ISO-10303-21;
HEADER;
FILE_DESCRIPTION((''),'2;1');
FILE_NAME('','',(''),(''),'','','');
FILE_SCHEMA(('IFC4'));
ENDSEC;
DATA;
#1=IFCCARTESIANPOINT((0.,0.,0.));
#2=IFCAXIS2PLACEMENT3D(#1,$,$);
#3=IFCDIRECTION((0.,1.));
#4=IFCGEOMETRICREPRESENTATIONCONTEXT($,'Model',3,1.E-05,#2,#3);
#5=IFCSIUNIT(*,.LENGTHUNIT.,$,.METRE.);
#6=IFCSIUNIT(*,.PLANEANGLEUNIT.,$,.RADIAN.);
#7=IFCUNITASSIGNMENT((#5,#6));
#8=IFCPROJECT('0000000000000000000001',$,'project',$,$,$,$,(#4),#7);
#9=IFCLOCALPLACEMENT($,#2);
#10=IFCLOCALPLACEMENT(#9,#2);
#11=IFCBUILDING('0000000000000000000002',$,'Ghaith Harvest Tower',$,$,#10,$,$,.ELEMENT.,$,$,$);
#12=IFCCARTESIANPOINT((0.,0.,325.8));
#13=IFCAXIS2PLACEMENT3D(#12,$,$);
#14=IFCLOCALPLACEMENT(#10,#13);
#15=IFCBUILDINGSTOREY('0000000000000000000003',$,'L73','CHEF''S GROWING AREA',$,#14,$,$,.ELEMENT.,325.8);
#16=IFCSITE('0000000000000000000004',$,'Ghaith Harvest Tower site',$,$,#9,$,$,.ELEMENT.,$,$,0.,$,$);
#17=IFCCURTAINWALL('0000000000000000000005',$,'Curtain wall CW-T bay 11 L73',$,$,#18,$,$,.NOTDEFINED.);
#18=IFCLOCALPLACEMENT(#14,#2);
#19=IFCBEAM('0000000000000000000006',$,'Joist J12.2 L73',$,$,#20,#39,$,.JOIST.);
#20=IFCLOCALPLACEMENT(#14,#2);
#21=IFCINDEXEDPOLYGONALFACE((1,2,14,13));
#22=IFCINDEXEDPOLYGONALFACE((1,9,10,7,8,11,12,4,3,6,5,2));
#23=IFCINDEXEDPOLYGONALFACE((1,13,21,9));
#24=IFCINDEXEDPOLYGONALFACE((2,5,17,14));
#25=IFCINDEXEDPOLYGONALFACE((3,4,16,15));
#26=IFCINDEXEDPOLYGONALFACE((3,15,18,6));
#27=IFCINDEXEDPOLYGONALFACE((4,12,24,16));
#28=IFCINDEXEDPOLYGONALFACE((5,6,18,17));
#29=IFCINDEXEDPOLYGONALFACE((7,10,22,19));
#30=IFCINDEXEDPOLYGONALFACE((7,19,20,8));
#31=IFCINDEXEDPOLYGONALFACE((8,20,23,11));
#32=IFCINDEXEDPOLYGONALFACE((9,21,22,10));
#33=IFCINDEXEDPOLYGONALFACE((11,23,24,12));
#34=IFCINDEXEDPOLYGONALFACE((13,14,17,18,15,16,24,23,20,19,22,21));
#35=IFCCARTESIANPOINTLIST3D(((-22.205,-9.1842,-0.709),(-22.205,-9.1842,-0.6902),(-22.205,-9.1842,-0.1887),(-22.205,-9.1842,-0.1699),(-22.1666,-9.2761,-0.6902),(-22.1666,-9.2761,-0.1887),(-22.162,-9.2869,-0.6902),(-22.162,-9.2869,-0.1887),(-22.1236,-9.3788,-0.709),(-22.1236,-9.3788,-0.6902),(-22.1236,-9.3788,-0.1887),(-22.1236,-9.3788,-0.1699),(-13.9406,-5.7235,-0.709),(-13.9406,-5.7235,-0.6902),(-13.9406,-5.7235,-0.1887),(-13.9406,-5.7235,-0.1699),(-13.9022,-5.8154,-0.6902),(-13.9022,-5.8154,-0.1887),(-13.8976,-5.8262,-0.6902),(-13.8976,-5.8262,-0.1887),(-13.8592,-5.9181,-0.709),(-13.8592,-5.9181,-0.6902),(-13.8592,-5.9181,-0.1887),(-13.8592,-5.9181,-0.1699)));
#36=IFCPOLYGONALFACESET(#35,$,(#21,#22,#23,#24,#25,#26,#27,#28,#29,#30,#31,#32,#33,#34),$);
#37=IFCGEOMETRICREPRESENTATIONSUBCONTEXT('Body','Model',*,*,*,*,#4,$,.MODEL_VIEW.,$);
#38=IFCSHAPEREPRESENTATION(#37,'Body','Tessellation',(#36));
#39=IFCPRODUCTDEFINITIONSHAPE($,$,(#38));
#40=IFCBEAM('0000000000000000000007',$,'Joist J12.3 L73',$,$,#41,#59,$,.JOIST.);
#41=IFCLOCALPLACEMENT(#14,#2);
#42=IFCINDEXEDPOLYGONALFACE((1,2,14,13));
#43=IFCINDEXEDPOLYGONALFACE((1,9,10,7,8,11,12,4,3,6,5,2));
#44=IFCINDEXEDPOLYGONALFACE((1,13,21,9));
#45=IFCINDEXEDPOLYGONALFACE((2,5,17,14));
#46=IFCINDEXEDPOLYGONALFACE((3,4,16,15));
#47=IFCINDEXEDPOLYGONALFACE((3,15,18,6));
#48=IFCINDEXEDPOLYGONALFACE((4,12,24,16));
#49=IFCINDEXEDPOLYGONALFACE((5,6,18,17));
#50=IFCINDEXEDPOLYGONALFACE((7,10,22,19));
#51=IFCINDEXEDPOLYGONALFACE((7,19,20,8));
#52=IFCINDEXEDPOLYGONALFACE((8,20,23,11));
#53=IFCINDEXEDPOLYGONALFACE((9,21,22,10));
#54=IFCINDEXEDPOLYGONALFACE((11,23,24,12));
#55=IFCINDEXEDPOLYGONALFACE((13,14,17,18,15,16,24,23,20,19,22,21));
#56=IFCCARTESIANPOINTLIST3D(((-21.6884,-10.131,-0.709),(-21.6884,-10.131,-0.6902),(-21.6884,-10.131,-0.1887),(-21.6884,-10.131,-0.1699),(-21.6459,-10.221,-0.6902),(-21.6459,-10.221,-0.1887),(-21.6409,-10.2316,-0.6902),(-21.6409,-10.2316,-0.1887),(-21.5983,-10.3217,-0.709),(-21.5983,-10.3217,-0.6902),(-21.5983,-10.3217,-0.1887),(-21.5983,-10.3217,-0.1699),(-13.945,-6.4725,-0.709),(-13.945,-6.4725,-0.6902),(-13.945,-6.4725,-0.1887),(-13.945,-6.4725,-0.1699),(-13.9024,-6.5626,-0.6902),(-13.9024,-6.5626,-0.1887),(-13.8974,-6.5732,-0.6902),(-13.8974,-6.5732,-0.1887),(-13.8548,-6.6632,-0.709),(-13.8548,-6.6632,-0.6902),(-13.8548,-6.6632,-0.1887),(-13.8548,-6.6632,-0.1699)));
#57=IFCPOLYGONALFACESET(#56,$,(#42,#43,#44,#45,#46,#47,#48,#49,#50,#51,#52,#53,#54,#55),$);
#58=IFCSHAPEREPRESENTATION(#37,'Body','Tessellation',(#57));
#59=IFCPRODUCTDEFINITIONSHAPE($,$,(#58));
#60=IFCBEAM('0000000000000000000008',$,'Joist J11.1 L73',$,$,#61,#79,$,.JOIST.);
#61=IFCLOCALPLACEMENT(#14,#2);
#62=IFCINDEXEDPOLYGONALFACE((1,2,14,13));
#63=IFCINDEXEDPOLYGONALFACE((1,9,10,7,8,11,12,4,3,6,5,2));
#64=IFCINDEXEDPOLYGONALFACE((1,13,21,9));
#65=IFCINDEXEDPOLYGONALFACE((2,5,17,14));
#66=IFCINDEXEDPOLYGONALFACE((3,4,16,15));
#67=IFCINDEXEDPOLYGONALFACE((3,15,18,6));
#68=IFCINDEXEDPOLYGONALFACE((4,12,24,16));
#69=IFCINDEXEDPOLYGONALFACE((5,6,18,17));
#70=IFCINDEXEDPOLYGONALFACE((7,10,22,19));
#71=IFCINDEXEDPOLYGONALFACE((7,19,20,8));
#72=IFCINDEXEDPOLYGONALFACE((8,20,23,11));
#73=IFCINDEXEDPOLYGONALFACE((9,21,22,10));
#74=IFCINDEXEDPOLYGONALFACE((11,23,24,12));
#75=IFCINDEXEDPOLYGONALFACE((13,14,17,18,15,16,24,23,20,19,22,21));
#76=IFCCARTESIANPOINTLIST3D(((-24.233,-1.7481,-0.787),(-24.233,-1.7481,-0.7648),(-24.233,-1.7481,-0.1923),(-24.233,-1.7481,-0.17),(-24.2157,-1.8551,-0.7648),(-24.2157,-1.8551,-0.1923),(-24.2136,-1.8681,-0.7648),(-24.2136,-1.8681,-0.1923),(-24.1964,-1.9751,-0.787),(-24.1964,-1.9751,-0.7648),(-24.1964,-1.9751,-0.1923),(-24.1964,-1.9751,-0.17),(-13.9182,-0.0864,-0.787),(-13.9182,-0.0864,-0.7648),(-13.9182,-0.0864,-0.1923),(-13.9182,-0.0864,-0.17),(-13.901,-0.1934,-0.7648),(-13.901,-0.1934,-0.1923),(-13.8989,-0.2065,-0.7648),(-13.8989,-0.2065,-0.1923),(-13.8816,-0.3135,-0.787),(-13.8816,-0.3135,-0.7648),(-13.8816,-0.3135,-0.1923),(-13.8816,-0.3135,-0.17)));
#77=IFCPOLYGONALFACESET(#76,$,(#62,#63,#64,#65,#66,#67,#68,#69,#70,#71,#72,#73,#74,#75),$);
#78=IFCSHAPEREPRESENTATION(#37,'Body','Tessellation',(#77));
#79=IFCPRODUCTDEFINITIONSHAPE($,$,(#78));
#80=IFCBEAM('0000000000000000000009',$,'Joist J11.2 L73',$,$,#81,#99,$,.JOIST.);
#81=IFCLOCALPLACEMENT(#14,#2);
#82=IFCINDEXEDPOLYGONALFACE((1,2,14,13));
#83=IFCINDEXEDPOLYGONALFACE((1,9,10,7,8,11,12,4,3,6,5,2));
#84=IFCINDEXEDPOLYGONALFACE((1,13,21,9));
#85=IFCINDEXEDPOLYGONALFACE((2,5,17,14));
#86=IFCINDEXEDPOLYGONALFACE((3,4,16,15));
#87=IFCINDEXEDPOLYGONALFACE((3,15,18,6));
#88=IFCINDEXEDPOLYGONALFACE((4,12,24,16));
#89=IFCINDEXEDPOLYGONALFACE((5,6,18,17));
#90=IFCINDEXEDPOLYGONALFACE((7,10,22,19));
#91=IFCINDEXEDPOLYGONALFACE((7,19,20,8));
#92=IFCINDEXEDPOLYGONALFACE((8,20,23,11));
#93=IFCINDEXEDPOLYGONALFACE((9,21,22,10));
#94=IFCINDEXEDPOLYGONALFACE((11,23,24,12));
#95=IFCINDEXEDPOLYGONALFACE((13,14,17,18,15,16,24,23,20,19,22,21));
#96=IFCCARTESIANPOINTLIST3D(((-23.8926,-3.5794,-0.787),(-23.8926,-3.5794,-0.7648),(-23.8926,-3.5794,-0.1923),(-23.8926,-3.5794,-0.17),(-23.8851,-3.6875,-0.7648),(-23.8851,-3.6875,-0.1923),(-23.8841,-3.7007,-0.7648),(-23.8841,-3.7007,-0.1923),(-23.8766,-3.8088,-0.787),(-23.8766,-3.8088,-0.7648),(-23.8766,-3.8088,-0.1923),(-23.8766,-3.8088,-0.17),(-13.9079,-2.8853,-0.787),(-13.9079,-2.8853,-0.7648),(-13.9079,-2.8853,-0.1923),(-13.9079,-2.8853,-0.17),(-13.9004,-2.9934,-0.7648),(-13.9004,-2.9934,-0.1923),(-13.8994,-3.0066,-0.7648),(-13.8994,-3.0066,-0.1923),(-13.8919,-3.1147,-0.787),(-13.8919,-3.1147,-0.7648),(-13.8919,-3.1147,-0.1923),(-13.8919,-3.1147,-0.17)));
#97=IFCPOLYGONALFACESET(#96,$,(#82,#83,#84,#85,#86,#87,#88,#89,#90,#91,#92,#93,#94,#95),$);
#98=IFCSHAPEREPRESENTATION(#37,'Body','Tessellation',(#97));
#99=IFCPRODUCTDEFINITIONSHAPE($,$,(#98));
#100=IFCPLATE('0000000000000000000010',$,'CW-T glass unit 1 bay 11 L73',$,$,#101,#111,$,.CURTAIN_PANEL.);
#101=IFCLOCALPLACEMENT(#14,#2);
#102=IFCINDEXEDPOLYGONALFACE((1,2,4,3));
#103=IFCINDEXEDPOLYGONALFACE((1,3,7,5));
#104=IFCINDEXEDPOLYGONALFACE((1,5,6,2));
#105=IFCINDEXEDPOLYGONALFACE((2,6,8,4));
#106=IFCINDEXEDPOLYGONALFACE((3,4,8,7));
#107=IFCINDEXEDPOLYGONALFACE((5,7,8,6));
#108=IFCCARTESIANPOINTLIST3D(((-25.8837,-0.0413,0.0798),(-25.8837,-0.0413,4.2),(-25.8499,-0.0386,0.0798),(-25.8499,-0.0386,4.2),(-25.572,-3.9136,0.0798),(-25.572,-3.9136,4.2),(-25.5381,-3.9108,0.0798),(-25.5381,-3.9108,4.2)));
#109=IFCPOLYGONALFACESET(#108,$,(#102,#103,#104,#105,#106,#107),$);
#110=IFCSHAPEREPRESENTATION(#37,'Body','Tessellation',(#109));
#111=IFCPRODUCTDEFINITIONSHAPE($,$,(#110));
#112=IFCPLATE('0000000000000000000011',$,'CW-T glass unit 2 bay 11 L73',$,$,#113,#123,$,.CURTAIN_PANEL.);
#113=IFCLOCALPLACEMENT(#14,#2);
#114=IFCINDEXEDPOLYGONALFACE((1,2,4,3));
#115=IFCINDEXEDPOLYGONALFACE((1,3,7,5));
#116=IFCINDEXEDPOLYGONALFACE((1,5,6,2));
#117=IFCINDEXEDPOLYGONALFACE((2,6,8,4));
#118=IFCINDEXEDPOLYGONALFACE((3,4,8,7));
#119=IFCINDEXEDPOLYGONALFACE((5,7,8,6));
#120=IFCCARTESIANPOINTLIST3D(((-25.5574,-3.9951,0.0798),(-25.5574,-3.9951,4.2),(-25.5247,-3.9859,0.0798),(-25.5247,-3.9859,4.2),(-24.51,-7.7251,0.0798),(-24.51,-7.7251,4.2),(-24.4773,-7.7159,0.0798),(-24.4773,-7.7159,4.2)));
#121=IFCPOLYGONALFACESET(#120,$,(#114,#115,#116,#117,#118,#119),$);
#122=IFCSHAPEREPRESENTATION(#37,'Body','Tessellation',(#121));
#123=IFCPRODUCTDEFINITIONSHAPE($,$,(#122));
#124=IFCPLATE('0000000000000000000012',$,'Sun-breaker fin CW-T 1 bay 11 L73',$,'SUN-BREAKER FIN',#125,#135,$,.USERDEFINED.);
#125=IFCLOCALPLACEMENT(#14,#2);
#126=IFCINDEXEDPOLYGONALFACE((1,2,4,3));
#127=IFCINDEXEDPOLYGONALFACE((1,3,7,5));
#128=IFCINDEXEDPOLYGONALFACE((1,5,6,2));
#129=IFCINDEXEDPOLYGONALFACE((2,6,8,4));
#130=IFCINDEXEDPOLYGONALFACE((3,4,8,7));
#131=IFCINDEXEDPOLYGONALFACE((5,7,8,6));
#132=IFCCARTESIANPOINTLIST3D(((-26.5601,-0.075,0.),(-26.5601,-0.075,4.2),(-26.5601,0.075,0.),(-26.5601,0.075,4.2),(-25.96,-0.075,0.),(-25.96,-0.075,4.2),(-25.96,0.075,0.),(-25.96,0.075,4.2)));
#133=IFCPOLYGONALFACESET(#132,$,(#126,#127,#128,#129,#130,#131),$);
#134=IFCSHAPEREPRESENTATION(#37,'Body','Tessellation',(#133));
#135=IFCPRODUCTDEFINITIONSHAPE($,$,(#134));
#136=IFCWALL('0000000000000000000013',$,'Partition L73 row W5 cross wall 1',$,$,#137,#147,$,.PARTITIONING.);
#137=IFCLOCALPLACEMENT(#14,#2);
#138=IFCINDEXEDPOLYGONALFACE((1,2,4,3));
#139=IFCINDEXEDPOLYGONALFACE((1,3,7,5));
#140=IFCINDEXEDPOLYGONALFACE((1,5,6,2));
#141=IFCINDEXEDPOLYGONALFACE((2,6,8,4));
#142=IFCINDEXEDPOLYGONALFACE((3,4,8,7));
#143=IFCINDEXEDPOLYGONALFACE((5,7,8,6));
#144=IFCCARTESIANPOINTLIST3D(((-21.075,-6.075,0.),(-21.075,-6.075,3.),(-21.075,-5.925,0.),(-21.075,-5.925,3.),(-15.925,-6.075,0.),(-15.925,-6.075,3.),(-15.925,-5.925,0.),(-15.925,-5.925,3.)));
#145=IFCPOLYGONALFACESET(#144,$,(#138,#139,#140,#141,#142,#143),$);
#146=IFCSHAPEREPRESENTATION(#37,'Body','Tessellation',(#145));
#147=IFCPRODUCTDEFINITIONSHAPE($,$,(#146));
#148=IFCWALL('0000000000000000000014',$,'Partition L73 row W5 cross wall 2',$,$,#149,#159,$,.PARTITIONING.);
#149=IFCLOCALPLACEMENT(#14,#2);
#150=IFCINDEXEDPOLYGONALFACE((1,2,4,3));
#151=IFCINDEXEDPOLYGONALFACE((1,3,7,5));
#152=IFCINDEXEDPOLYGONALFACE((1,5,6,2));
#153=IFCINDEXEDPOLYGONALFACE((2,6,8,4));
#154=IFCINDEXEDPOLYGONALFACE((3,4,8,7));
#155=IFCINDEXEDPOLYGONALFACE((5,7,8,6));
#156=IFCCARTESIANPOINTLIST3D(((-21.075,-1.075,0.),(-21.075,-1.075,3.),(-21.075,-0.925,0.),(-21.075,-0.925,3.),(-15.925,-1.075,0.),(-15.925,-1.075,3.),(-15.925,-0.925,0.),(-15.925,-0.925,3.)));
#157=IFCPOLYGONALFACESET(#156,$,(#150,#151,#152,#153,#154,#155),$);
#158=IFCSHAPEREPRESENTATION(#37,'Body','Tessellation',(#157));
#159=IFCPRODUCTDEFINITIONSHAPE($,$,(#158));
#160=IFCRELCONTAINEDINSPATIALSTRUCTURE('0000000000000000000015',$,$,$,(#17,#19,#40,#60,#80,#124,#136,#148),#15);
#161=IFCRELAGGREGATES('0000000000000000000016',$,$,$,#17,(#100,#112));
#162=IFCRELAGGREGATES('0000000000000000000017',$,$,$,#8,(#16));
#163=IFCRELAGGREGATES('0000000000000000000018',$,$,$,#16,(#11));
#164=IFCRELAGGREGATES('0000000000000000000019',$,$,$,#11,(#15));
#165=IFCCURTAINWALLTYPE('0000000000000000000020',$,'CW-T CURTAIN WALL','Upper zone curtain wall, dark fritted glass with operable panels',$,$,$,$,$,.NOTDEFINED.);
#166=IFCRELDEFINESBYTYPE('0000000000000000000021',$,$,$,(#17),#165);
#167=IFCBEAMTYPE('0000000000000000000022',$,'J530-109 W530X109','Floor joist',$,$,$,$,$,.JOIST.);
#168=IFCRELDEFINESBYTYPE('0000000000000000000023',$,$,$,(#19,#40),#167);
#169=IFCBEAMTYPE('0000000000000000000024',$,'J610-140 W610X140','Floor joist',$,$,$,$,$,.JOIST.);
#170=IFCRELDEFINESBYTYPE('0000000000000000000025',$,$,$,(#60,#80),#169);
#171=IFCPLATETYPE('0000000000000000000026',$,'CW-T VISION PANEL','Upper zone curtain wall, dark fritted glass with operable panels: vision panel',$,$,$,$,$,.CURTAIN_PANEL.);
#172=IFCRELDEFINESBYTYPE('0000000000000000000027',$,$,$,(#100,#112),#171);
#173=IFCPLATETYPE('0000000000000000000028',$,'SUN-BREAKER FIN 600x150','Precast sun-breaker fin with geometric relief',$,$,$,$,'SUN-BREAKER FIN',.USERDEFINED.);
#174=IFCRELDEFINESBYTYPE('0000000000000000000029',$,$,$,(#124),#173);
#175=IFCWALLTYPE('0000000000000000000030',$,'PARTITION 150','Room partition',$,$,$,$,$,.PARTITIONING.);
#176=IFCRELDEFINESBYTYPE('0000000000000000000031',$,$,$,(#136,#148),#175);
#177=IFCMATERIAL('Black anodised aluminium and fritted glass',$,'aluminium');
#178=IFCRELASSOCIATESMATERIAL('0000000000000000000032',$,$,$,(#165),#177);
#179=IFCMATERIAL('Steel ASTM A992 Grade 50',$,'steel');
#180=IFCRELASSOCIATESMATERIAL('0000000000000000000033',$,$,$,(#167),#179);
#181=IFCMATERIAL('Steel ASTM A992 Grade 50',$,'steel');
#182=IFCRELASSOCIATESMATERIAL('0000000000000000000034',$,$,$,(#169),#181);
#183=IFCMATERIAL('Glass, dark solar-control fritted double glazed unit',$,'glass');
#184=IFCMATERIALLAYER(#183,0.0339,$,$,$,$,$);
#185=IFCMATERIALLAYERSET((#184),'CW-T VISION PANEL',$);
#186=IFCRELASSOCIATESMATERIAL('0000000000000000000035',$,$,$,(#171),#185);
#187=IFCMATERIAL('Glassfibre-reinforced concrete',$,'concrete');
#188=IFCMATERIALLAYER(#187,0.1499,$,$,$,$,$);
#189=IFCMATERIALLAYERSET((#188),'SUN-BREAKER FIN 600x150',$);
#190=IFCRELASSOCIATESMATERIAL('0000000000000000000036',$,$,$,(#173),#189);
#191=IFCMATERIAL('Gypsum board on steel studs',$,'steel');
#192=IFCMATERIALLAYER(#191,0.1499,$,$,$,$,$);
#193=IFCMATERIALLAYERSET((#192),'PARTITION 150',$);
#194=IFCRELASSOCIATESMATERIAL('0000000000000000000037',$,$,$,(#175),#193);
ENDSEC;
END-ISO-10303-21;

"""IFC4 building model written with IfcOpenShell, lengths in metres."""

from ifc_helpers import new_model, si_unit, direction, frame, frame_2d, origin, origin_2d, place, context, subcontext, project, spatial, rectangle, i_section, extrude, material, layer, layer_set, material_profile, profile_set, type_object, element, aggregate, save


model = new_model("IFC4")

# Units and contexts
model_context = context("Model", 3, precision=1e-05, world=origin(), true_north=direction((0.0, 1.0)))
body_context = subcontext(model_context, "Body", "Model", "MODEL_VIEW")
ifc_project = project(units=[si_unit("LENGTHUNIT", "METRE"), si_unit("PLANEANGLEUNIT", "RADIAN")], contexts=[model_context])

# Site, building, storey
site_placement = place(None, origin())
site = spatial("IfcSite", under=ifc_project, at=site_placement, Name="Ghaith Harvest Tower site", CompositionType="ELEMENT", RefElevation=0.0)
building_placement = place(site_placement, origin())
building = spatial("IfcBuilding", under=site, at=building_placement, Name="Ghaith Harvest Tower", CompositionType="ELEMENT")
storey_placement = place(building_placement, frame((0.0, 0.0, 325.8)))
storey = spatial("IfcBuildingStorey", under=building, at=storey_placement, Name="L73", Description="CHEF'S GROWING AREA", CompositionType="ELEMENT", Elevation=325.8)

# Curtain wall
ifc_material_1 = material(Name="Black anodised aluminium and fritted glass", Category="aluminium")
curtain_wall_type = type_object("IfcCurtainWallType", Name="CW-T CURTAIN WALL", Description="Upper zone curtain wall, dark fritted glass with operable panels", PredefinedType="NOTDEFINED", material=ifc_material_1)
curtain_wall_placement = place(storey_placement, origin())
curtain_wall = element("IfcCurtainWall", 1, at=curtain_wall_placement, inside=storey, type_object=curtain_wall_type, Name="Curtain wall CW-T bay 11 L73", PredefinedType="NOTDEFINED")

# Beams
ifc_material_2 = material(Name="Steel ASTM A992 Grade 50", Category="steel")
ifc_material_profile_1 = material_profile(ifc_material_2, i_section(OverallWidth=0.2109, OverallDepth=0.5391, WebThickness=0.0117, FlangeThickness=0.0188, at=origin_2d()), Name="W530X109")
ifc_profile_set_1 = profile_set([ifc_material_profile_1], Name="Steel ASTM A992 Grade 50")
beam_type_1 = type_object("IfcBeamType", Name="J530-109 W530X109", Description="Floor joist", PredefinedType="JOIST", material=ifc_profile_set_1)
beam_1_placement = place(storey_placement, frame((-13.8999, -5.8208, -0.4395), z_axis=(-0.922394, -0.38625, 0.0), x_axis=(0.38625, -0.922394, 0.0)))
element("IfcBeam", 2, at=beam_1_placement, inside=storey, type_object=beam_type_1, Name="Joist J12.2 L73", PredefinedType="JOIST", context=body_context, shape_type="SweptSolid", body=[
    extrude(i_section(OverallWidth=0.2109, OverallDepth=0.5391, WebThickness=0.0117, FlangeThickness=0.0188, at=origin_2d()), origin(), (0.0, 0.0, 1.0), 8.9597),
])
beam_2_placement = place(storey_placement, frame((-13.8999, -6.5679, -0.4395), z_axis=(-0.904166, -0.427182, 0.0), x_axis=(0.427182, -0.904166, 0.0)))
element("IfcBeam", 3, at=beam_2_placement, inside=storey, type_object=beam_type_1, Name="Joist J12.3 L73", PredefinedType="JOIST", context=body_context, shape_type="SweptSolid", body=[
    extrude(i_section(OverallWidth=0.2109, OverallDepth=0.5391, WebThickness=0.0117, FlangeThickness=0.0188, at=origin_2d()), origin(), (0.0, 0.0, 1.0), 8.5642),
])
ifc_material_3 = material(Name="Steel ASTM A992 Grade 50", Category="steel")
ifc_material_profile_2 = material_profile(ifc_material_3, i_section(OverallWidth=0.23, OverallDepth=0.6169, WebThickness=0.0132, FlangeThickness=0.0222, at=origin_2d()), Name="W610X140")
ifc_profile_set_2 = profile_set([ifc_material_profile_2], Name="Steel ASTM A992 Grade 50")
beam_type_2 = type_object("IfcBeamType", Name="J610-140 W610X140", Description="Floor joist", PredefinedType="JOIST", material=ifc_profile_set_2)
beam_3_placement = place(storey_placement, frame((-13.8999, -0.2, -0.4785), z_axis=(-0.987272, -0.159042, 0.0), x_axis=(0.159042, -0.987272, 0.0)))
element("IfcBeam", 4, at=beam_3_placement, inside=storey, type_object=beam_type_2, Name="Joist J11.1 L73", PredefinedType="JOIST", context=body_context, shape_type="SweptSolid", body=[
    extrude(i_section(OverallWidth=0.23, OverallDepth=0.6169, WebThickness=0.0132, FlangeThickness=0.0222, at=origin_2d()), origin(), (0.0, 0.0, 1.0), 10.4478),
])
beam_4_placement = place(storey_placement, frame((-13.8999, -3.0, -0.4785), z_axis=(-0.997592, -0.069349, 0.0), x_axis=(0.069349, -0.997592, 0.0)))
element("IfcBeam", 5, at=beam_4_placement, inside=storey, type_object=beam_type_2, Name="Joist J11.2 L73", PredefinedType="JOIST", context=body_context, shape_type="SweptSolid", body=[
    extrude(i_section(OverallWidth=0.23, OverallDepth=0.6169, WebThickness=0.0132, FlangeThickness=0.0222, at=origin_2d()), origin(), (0.0, 0.0, 1.0), 10.0088),
])

# Plates
ifc_material_4 = material(Name="Glass, dark solar-control fritted double glazed unit", Category="glass")
ifc_layer_1 = layer(ifc_material_4, 0.0339)
ifc_layer_set_1 = layer_set([ifc_layer_1], Name="CW-T VISION PANEL")
plate_type_1 = type_object("IfcPlateType", Name="CW-T VISION PANEL", Description="Upper zone curtain wall, dark fritted glass with operable panels: vision panel", PredefinedType="CURTAIN_PANEL", material=ifc_layer_set_1)
plate_1_placement = place(storey_placement, frame((-25.7109, -1.9761, 0.0798), z_axis=(0.0, 0.0, 1.0), x_axis=(0.080258, -0.996774, 0.0)))
plate_1 = element("IfcPlate", 6, at=plate_1_placement, type_object=plate_type_1, Name="CW-T glass unit 1 bay 11 L73", PredefinedType="CURTAIN_PANEL", context=body_context, shape_type="SweptSolid", body=[
    extrude(rectangle(XDim=3.8848, YDim=0.0339, at=origin_2d()), origin(), (0.0, 0.0, 1.0), 4.1201),
])
plate_2_placement = place(storey_placement, frame((-25.0173, -5.8555, 0.0798), z_axis=(0.0, 0.0, 1.0), x_axis=(0.270355, -0.962761, 0.0)))
plate_2 = element("IfcPlate", 7, at=plate_2_placement, type_object=plate_type_1, Name="CW-T glass unit 2 bay 11 L73", PredefinedType="CURTAIN_PANEL", context=body_context, shape_type="SweptSolid", body=[
    extrude(rectangle(XDim=3.8743, YDim=0.0339, at=origin_2d()), origin(), (0.0, 0.0, 1.0), 4.1201),
])
aggregate(curtain_wall, [plate_1, plate_2])
ifc_material_5 = material(Name="Glassfibre-reinforced concrete", Category="concrete")
ifc_layer_2 = layer(ifc_material_5, 0.1499)
ifc_layer_set_2 = layer_set([ifc_layer_2], Name="SUN-BREAKER FIN 600x150")
plate_type_2 = type_object("IfcPlateType", Name="SUN-BREAKER FIN 600x150", Description="Precast sun-breaker fin with geometric relief", ElementType="SUN-BREAKER FIN", PredefinedType="USERDEFINED", material=ifc_layer_set_2)
plate_3_placement = place(storey_placement, frame((-26.26, 0.0, 0.0), z_axis=(0.0, 0.0, 1.0), x_axis=(-1.0, 0.0, 0.0)))
element("IfcPlate", 8, at=plate_3_placement, inside=storey, type_object=plate_type_2, Name="Sun-breaker fin CW-T 1 bay 11 L73", ObjectType="SUN-BREAKER FIN", PredefinedType="USERDEFINED", context=body_context, shape_type="SweptSolid", body=[
    extrude(rectangle(XDim=0.6001, YDim=0.1499, at=origin_2d()), origin(), (0.0, 0.0, 1.0), 4.2),
])

# Walls
ifc_material_6 = material(Name="Gypsum board on steel studs", Category="steel")
ifc_layer_3 = layer(ifc_material_6, 0.1499)
ifc_layer_set_3 = layer_set([ifc_layer_3], Name="PARTITION 150")
wall_type = type_object("IfcWallType", Name="PARTITION 150", Description="Room partition", PredefinedType="PARTITIONING", material=ifc_layer_set_3)
for number, where, z_axis, x_axis, name in (
    (9, (-15.925, -6.0, 0.0), (0.0, 0.0, 1.0), (-1.0, 0.0, 0.0), "Partition L73 row W5 cross wall 1"),
    (10, (-15.925, -1.0, 0.0), (0.0, 0.0, 1.0), (-1.0, 0.0, 0.0), "Partition L73 row W5 cross wall 2"),
):
    element("IfcWall", number, at=place(storey_placement, frame(where, z_axis=z_axis, x_axis=x_axis)), inside=storey, type_object=wall_type, Name=name, PredefinedType="PARTITIONING", context=body_context, shape_type="SweptSolid", body=[
        extrude(rectangle(XDim=5.1499, YDim=0.1499, at=frame_2d((2.575, 0.0))), origin(), (0.0, 0.0, 1.0), 3.0),
    ])

save(model, "model.ifc")
